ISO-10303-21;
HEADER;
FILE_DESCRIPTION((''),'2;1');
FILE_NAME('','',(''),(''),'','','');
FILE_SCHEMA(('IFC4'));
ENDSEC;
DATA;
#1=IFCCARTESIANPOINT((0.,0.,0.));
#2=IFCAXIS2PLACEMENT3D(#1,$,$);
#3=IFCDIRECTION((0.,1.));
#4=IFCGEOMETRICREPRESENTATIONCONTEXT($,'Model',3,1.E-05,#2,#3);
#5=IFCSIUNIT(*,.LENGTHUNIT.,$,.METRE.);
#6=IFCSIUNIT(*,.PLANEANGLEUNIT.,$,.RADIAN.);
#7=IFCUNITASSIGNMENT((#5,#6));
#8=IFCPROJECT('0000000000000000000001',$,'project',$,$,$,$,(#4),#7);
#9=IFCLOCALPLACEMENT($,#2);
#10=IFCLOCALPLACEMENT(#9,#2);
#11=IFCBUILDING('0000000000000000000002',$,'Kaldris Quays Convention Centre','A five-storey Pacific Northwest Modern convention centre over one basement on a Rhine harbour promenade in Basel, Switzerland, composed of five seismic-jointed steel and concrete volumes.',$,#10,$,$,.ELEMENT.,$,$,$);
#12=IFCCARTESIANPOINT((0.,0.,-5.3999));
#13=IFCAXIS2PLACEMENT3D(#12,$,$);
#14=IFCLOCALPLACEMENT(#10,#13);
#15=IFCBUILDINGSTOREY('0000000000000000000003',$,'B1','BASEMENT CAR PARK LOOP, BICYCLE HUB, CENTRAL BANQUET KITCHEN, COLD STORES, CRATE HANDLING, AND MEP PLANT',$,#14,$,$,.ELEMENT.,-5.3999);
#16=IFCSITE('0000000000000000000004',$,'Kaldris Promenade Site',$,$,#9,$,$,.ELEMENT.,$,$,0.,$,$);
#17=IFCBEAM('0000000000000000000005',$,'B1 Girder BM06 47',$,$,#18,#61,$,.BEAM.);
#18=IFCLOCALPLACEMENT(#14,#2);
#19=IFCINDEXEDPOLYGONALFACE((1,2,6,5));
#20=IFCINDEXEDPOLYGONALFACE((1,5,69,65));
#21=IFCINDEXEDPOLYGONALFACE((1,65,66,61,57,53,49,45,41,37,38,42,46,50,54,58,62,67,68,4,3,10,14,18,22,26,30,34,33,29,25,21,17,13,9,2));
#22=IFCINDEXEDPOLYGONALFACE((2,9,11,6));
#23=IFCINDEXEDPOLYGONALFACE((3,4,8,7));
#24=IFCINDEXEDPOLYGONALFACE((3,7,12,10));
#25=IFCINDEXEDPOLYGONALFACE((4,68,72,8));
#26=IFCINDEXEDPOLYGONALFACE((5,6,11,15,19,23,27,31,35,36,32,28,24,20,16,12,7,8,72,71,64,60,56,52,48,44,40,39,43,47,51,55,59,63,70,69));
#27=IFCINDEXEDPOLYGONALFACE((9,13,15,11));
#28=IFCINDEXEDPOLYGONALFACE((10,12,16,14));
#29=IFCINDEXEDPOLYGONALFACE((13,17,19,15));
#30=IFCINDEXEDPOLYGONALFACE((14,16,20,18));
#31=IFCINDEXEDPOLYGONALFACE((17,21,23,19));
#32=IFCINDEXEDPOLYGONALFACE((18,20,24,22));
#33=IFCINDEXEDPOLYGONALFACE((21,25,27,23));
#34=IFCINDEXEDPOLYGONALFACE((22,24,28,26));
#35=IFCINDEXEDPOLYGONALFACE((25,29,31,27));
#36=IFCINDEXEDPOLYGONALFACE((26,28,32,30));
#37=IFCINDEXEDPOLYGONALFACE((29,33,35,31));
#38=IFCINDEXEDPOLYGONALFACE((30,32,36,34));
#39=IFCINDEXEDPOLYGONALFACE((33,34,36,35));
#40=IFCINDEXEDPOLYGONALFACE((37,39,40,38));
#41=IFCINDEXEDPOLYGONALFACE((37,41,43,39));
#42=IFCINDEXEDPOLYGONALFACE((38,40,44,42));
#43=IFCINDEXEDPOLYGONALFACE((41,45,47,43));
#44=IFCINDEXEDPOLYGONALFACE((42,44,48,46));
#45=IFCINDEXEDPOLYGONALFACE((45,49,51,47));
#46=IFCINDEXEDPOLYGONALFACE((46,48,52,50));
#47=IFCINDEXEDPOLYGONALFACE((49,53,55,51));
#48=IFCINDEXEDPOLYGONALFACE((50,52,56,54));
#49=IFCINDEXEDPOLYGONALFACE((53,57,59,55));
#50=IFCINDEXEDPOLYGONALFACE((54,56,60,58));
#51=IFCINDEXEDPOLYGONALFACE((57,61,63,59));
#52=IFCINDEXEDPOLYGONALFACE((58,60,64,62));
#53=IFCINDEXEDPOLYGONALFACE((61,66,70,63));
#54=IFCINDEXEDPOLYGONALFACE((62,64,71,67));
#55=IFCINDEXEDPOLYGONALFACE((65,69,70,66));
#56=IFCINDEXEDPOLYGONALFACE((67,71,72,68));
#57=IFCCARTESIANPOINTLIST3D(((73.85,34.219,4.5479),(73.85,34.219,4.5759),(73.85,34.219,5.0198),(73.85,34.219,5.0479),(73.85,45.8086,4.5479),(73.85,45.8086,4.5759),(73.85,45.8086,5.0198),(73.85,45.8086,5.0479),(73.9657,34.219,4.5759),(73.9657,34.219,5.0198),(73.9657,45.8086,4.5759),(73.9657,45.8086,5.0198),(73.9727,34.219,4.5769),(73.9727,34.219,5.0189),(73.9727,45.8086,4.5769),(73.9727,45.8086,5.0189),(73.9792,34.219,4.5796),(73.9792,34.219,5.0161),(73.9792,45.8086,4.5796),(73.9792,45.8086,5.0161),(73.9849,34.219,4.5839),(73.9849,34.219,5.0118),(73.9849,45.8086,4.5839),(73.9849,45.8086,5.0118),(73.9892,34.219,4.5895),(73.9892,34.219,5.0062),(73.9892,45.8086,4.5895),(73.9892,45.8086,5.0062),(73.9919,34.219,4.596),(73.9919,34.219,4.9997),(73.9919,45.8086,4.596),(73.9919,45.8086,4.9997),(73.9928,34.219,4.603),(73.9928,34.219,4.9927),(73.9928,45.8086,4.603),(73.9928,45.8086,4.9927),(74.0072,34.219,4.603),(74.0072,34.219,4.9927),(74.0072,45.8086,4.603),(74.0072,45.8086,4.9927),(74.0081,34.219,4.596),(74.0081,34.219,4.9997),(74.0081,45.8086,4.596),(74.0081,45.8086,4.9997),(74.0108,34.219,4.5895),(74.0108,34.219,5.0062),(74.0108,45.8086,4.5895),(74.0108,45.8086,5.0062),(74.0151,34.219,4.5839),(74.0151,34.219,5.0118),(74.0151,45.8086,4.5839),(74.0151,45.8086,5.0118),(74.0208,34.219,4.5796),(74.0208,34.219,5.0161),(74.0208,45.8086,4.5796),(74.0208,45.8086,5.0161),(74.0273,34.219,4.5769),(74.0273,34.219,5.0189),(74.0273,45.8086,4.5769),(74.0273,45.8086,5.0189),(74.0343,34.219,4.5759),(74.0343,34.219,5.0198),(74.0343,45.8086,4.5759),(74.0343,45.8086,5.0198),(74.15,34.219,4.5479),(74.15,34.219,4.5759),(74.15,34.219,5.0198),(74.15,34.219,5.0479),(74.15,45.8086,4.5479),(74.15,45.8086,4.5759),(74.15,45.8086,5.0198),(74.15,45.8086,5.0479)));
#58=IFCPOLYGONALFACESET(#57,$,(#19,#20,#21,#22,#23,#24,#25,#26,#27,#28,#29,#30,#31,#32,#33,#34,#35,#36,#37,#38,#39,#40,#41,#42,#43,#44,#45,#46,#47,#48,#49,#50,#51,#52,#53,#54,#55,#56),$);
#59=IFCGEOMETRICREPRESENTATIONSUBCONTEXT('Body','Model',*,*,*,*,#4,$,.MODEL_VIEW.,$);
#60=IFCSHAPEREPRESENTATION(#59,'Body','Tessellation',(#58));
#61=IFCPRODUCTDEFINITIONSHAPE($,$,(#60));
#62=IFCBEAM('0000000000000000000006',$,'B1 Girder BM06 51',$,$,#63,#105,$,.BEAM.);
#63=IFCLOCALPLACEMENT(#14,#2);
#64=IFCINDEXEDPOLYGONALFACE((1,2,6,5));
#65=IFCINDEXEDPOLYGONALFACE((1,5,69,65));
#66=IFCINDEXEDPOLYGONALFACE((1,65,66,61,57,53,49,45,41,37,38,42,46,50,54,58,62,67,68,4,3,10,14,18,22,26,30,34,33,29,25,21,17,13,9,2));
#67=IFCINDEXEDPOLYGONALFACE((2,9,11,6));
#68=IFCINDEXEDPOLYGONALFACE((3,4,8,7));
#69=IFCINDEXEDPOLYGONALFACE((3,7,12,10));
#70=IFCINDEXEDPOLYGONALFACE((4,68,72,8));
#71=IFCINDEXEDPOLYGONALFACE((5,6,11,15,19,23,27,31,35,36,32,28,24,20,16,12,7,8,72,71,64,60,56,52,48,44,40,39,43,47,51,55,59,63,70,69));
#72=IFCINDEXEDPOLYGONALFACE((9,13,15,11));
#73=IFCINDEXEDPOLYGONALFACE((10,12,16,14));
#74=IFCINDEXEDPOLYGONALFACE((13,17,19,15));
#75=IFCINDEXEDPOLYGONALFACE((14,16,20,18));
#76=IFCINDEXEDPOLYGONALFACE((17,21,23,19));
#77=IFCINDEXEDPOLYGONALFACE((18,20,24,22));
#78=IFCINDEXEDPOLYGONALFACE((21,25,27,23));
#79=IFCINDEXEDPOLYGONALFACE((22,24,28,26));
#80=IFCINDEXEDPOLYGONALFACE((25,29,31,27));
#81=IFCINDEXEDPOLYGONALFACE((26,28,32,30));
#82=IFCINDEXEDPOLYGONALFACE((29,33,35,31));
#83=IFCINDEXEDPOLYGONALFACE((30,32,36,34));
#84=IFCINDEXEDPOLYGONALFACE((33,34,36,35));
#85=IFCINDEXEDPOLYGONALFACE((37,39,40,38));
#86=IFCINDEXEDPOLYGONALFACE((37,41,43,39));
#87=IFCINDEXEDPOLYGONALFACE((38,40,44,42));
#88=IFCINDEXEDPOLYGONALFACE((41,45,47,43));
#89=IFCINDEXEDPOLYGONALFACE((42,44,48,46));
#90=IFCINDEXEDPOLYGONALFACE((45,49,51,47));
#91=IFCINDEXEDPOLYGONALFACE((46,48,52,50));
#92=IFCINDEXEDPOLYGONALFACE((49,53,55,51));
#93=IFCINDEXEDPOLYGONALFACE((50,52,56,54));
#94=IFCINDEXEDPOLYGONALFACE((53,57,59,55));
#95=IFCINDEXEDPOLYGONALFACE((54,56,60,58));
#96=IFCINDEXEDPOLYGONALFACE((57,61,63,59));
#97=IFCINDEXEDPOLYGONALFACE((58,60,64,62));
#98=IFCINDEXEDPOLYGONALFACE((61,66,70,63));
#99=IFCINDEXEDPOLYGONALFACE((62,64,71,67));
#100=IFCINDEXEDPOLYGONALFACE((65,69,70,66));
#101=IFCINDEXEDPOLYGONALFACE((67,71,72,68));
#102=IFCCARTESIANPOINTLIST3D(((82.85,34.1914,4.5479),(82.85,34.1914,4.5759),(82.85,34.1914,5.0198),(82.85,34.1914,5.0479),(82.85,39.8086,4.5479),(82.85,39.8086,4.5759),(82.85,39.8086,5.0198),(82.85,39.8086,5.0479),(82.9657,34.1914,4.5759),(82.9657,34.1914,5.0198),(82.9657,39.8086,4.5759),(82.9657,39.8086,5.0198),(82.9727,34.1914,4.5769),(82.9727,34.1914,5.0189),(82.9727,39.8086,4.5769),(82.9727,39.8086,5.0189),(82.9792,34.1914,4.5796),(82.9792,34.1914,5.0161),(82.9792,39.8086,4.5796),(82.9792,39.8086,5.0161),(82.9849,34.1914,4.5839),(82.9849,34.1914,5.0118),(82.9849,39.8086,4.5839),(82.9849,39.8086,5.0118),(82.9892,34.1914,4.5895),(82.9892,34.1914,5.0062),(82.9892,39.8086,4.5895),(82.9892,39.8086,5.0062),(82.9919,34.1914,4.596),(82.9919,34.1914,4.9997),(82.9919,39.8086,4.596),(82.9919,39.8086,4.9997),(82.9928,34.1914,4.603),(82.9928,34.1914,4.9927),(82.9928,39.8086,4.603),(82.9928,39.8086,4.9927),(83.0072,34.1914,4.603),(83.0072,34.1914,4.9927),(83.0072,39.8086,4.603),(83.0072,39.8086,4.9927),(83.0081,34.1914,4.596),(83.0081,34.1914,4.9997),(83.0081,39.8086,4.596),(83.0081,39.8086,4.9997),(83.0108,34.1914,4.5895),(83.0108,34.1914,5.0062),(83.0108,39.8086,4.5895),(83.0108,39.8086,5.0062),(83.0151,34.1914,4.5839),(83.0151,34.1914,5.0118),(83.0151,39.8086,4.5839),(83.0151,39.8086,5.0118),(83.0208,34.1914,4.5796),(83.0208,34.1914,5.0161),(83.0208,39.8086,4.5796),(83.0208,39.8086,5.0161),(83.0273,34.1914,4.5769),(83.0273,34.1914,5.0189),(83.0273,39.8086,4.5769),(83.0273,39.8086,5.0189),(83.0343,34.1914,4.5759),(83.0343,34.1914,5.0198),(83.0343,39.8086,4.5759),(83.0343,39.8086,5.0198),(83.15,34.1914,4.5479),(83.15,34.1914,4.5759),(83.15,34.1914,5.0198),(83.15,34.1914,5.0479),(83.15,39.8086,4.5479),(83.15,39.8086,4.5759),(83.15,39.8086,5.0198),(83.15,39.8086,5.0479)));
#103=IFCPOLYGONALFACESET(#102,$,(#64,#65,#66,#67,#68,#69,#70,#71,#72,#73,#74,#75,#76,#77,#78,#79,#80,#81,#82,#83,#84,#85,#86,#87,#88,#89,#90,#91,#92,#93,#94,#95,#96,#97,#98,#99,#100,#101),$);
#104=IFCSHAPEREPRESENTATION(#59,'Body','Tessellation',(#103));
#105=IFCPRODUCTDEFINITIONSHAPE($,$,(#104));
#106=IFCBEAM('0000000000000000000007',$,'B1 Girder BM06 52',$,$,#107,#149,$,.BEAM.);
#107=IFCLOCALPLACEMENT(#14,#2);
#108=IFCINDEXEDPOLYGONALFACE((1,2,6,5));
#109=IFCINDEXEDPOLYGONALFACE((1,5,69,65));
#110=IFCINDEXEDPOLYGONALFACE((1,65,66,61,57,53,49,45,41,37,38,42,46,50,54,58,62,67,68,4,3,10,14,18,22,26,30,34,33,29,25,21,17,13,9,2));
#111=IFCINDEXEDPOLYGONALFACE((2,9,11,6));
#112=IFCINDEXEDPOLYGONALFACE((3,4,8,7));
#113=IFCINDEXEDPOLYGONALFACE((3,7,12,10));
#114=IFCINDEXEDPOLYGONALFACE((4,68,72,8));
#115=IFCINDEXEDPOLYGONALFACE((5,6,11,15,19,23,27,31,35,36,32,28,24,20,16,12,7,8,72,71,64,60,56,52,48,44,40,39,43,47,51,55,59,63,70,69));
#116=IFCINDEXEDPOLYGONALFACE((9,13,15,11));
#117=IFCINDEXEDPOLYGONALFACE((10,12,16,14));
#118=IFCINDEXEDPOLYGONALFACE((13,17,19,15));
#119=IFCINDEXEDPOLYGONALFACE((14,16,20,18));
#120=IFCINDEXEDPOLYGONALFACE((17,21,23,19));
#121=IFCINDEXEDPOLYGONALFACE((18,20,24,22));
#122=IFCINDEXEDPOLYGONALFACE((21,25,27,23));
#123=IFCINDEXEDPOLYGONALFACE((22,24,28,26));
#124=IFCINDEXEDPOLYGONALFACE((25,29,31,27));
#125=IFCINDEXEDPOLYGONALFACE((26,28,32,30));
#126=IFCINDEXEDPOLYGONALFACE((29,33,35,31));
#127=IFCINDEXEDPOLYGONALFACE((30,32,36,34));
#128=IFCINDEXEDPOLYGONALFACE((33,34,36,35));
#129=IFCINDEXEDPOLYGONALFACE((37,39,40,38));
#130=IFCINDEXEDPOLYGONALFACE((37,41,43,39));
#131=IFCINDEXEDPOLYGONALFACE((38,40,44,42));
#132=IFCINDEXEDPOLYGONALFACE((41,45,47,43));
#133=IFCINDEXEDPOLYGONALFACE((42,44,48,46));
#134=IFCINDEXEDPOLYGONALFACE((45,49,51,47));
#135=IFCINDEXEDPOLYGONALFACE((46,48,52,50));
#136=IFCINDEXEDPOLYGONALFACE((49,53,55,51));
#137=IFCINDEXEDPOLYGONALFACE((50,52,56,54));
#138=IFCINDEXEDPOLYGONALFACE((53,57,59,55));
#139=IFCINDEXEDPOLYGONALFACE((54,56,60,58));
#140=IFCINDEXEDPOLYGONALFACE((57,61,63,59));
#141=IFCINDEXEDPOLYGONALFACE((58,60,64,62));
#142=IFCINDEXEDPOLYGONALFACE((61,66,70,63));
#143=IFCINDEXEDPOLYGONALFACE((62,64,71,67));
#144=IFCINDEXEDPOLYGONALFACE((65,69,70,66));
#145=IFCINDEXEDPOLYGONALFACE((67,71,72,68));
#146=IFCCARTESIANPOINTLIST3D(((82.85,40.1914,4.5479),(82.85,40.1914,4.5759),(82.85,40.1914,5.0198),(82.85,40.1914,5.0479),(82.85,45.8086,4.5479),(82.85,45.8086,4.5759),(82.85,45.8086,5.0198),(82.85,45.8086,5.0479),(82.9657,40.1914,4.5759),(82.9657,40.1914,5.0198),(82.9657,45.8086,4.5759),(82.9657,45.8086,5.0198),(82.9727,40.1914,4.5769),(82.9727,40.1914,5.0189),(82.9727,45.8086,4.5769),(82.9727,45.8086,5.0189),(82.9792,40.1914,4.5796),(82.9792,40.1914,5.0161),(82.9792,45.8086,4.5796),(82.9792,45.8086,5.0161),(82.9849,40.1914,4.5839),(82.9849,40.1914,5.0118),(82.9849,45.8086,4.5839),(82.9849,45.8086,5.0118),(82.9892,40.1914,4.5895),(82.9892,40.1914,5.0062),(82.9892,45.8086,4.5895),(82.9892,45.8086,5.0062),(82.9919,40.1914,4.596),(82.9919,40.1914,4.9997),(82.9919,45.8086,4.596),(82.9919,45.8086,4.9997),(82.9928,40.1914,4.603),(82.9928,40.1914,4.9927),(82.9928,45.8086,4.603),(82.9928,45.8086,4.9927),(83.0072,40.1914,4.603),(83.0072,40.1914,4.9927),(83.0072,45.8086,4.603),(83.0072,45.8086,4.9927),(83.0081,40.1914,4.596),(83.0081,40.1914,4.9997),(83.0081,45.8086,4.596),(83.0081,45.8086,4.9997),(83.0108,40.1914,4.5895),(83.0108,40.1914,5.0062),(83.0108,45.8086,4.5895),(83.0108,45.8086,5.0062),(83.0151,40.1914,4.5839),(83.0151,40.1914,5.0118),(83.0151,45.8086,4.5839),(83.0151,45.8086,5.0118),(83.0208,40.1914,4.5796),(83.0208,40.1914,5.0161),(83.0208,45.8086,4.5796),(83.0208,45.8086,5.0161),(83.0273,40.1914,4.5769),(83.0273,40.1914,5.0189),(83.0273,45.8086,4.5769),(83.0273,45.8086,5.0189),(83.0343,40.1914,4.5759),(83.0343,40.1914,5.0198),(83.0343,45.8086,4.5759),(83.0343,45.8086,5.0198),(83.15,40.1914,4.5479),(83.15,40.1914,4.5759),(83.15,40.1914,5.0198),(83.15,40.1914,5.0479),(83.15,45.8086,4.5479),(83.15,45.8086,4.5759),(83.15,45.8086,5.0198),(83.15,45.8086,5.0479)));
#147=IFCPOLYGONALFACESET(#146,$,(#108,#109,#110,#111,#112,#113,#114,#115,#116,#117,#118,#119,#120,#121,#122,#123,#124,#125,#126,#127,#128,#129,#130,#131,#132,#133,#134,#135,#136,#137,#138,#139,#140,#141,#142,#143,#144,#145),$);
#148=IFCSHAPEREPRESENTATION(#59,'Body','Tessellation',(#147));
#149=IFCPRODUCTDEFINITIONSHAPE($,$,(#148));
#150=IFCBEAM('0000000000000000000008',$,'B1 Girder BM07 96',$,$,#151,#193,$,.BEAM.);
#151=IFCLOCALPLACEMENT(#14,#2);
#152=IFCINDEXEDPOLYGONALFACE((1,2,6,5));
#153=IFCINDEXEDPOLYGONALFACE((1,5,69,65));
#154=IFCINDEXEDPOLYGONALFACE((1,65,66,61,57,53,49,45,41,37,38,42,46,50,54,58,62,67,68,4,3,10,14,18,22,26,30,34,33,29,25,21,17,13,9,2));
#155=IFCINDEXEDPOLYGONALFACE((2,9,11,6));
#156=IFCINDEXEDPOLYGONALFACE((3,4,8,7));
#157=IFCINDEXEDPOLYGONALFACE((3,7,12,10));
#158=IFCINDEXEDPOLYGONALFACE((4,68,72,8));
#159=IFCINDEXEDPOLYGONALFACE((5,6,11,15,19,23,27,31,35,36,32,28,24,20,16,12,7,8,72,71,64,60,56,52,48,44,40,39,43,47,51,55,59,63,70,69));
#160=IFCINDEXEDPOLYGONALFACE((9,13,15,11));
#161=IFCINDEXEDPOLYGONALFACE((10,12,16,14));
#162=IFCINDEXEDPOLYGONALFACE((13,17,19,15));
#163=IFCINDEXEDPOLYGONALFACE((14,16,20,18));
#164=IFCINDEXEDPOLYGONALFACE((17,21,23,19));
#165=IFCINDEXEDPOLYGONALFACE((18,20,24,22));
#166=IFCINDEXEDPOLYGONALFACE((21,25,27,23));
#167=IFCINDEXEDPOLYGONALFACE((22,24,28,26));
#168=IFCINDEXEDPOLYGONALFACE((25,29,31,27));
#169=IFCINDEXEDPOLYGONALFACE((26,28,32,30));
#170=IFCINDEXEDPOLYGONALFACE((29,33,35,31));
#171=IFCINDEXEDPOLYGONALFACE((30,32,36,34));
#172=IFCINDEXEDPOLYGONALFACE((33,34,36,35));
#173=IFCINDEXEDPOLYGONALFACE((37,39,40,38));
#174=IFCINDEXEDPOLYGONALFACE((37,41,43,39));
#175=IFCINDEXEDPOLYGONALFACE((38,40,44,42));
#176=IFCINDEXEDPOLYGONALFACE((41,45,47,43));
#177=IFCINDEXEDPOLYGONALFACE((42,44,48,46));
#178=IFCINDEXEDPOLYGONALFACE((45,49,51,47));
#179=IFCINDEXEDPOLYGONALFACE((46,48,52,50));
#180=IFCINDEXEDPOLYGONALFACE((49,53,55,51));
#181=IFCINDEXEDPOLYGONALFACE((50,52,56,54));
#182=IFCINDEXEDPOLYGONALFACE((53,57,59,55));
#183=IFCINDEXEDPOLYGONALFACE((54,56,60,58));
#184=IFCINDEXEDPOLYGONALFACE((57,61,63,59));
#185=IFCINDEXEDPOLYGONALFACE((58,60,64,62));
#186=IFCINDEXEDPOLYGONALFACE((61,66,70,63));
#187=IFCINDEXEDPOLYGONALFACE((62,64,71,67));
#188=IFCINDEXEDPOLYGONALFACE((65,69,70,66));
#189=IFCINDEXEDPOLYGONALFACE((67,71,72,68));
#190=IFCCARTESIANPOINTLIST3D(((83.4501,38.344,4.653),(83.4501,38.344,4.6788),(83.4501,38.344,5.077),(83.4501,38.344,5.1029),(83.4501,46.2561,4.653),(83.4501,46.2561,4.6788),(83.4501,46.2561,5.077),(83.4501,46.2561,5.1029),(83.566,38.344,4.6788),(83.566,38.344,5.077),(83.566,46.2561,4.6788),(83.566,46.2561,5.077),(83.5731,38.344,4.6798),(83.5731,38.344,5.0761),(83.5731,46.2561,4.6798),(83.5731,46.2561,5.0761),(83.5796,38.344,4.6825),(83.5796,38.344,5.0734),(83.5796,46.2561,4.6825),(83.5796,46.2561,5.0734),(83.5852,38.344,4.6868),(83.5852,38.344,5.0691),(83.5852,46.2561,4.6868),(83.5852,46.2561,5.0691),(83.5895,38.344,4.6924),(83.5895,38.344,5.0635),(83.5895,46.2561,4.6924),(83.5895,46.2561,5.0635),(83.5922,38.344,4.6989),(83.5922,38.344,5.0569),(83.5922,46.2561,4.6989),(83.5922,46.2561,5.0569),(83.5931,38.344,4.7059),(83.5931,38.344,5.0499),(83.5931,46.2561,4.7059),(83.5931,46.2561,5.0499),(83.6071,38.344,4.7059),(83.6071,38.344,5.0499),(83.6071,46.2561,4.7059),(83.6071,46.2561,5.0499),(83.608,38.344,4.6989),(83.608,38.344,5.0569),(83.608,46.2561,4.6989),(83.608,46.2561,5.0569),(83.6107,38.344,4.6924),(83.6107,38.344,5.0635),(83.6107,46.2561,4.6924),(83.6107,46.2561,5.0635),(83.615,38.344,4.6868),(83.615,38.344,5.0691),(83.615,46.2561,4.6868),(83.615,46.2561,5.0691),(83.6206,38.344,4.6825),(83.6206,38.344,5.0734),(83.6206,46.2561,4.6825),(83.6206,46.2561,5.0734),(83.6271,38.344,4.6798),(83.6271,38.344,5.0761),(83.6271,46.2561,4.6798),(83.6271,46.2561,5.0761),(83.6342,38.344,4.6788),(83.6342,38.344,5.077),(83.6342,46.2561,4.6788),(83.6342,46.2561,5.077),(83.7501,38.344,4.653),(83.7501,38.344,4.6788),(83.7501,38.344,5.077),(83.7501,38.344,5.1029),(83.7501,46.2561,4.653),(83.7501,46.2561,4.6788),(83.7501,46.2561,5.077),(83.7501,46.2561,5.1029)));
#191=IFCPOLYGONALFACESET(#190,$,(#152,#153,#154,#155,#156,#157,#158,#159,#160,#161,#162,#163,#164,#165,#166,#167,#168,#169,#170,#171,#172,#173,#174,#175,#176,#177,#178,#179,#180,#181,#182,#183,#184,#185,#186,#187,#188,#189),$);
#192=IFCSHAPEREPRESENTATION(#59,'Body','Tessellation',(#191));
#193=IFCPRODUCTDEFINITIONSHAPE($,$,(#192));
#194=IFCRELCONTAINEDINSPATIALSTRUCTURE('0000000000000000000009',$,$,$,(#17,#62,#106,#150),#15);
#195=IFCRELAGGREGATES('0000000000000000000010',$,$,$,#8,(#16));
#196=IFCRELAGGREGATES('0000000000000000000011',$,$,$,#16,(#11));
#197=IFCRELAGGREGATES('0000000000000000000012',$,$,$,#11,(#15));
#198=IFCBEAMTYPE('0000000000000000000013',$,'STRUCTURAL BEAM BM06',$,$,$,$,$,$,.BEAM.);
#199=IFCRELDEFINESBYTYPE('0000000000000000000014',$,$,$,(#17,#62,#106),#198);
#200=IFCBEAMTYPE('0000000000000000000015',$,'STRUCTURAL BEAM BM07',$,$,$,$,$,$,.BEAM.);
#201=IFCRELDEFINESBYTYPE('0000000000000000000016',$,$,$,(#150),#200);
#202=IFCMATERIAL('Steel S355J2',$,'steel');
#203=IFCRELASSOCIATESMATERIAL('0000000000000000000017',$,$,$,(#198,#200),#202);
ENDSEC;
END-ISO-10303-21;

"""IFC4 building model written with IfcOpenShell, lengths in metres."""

from ifc_helpers import new_model, si_unit, direction, frame, origin, origin_2d, place, context, subcontext, project, spatial, i_section, extrude, material, material_profile, profile_set, type_object, element, save


model = new_model("IFC4")

# Units and contexts
model_context = context("Model", 3, precision=1e-05, world=origin(), true_north=direction((0.0, 1.0)))
body_context = subcontext(model_context, "Body", "Model", "MODEL_VIEW")
ifc_project = project(units=[si_unit("LENGTHUNIT", "METRE"), si_unit("PLANEANGLEUNIT", "RADIAN")], contexts=[model_context])

# Site, building, storey
site_placement = place(None, origin())
site = spatial("IfcSite", under=ifc_project, at=site_placement, Name="Kaldris Promenade Site", CompositionType="ELEMENT", RefElevation=0.0)
building_placement = place(site_placement, origin())
building = spatial("IfcBuilding", under=site, at=building_placement, Name="Kaldris Quays Convention Centre", Description="A five-storey Pacific Northwest Modern convention centre over one basement on a Rhine harbour promenade in Basel, Switzerland, composed of five seismic-jointed steel and concrete volumes.", CompositionType="ELEMENT")
storey_placement = place(building_placement, frame((0.0, 0.0, -5.3999)))
storey = spatial("IfcBuildingStorey", under=building, at=storey_placement, Name="B1", Description="BASEMENT CAR PARK LOOP, BICYCLE HUB, CENTRAL BANQUET KITCHEN, COLD STORES, CRATE HANDLING, AND MEP PLANT", CompositionType="ELEMENT", Elevation=-5.3999)

# Shared definitions
ifc_material_1 = material(Name="Steel S355J2", Category="steel")

# Beams
ifc_material_profile_1 = material_profile(ifc_material_1, i_section(OverallWidth=0.3, OverallDepth=0.5, WebThickness=0.0144, FlangeThickness=0.0281, FilletRadius=0.0271, at=origin_2d()), Name="HEB 500")
ifc_profile_set_1 = profile_set([ifc_material_profile_1], Name="Steel S355J2")
beam_type_1 = type_object("IfcBeamType", Name="STRUCTURAL BEAM BM06", PredefinedType="BEAM", material=ifc_profile_set_1)
for number, where, z_axis, x_axis, name in (
    (1, (74.0, 34.219, 4.7979), (0.0, 1.0, 0.0), (-1.0, 0.0, 0.0), "B1 Girder BM06 47"),
):
    element("IfcBeam", number, at=place(storey_placement, frame(where, z_axis=z_axis, x_axis=x_axis)), inside=storey, type_object=beam_type_1, Name=name, PredefinedType="BEAM", context=body_context, shape_type="SweptSolid", body=[
        extrude(i_section(OverallWidth=0.3, OverallDepth=0.5, WebThickness=0.0144, FlangeThickness=0.0281, FilletRadius=0.0271, at=origin_2d()), origin(), (0.0, 0.0, 1.0), 11.5896),
    ])
for number, where, z_axis, x_axis, name in (
    (2, (83.0, 34.1914, 4.7979), (0.0, 1.0, 0.0), (-1.0, 0.0, 0.0), "B1 Girder BM06 51"),
    (3, (83.0, 40.1914, 4.7979), (0.0, 1.0, 0.0), (-1.0, 0.0, 0.0), "B1 Girder BM06 52"),
):
    element("IfcBeam", number, at=place(storey_placement, frame(where, z_axis=z_axis, x_axis=x_axis)), inside=storey, type_object=beam_type_1, Name=name, PredefinedType="BEAM", context=body_context, shape_type="SweptSolid", body=[
        extrude(i_section(OverallWidth=0.3, OverallDepth=0.5, WebThickness=0.0144, FlangeThickness=0.0281, FilletRadius=0.0271, at=origin_2d()), origin(), (0.0, 0.0, 1.0), 5.6172),
    ])
ifc_material_profile_2 = material_profile(ifc_material_1, i_section(OverallWidth=0.3, OverallDepth=0.45, WebThickness=0.0139, FlangeThickness=0.0259, FilletRadius=0.0271, at=origin_2d()), Name="HEB 450")
ifc_profile_set_2 = profile_set([ifc_material_profile_2], Name="Steel S355J2")
beam_type_2 = type_object("IfcBeamType", Name="STRUCTURAL BEAM BM07", PredefinedType="BEAM", material=ifc_profile_set_2)
beam_1_placement = place(storey_placement, frame((83.6001, 38.344, 4.8779), z_axis=(0.0, 1.0, 0.0), x_axis=(-1.0, 0.0, 0.0)))
element("IfcBeam", 4, at=beam_1_placement, inside=storey, type_object=beam_type_2, Name="B1 Girder BM07 96", PredefinedType="BEAM", context=body_context, shape_type="SweptSolid", body=[
    extrude(i_section(OverallWidth=0.3, OverallDepth=0.45, WebThickness=0.0139, FlangeThickness=0.0259, FilletRadius=0.0271, at=origin_2d()), origin(), (0.0, 0.0, 1.0), 7.9121),
])

save(model, "model.ifc")
